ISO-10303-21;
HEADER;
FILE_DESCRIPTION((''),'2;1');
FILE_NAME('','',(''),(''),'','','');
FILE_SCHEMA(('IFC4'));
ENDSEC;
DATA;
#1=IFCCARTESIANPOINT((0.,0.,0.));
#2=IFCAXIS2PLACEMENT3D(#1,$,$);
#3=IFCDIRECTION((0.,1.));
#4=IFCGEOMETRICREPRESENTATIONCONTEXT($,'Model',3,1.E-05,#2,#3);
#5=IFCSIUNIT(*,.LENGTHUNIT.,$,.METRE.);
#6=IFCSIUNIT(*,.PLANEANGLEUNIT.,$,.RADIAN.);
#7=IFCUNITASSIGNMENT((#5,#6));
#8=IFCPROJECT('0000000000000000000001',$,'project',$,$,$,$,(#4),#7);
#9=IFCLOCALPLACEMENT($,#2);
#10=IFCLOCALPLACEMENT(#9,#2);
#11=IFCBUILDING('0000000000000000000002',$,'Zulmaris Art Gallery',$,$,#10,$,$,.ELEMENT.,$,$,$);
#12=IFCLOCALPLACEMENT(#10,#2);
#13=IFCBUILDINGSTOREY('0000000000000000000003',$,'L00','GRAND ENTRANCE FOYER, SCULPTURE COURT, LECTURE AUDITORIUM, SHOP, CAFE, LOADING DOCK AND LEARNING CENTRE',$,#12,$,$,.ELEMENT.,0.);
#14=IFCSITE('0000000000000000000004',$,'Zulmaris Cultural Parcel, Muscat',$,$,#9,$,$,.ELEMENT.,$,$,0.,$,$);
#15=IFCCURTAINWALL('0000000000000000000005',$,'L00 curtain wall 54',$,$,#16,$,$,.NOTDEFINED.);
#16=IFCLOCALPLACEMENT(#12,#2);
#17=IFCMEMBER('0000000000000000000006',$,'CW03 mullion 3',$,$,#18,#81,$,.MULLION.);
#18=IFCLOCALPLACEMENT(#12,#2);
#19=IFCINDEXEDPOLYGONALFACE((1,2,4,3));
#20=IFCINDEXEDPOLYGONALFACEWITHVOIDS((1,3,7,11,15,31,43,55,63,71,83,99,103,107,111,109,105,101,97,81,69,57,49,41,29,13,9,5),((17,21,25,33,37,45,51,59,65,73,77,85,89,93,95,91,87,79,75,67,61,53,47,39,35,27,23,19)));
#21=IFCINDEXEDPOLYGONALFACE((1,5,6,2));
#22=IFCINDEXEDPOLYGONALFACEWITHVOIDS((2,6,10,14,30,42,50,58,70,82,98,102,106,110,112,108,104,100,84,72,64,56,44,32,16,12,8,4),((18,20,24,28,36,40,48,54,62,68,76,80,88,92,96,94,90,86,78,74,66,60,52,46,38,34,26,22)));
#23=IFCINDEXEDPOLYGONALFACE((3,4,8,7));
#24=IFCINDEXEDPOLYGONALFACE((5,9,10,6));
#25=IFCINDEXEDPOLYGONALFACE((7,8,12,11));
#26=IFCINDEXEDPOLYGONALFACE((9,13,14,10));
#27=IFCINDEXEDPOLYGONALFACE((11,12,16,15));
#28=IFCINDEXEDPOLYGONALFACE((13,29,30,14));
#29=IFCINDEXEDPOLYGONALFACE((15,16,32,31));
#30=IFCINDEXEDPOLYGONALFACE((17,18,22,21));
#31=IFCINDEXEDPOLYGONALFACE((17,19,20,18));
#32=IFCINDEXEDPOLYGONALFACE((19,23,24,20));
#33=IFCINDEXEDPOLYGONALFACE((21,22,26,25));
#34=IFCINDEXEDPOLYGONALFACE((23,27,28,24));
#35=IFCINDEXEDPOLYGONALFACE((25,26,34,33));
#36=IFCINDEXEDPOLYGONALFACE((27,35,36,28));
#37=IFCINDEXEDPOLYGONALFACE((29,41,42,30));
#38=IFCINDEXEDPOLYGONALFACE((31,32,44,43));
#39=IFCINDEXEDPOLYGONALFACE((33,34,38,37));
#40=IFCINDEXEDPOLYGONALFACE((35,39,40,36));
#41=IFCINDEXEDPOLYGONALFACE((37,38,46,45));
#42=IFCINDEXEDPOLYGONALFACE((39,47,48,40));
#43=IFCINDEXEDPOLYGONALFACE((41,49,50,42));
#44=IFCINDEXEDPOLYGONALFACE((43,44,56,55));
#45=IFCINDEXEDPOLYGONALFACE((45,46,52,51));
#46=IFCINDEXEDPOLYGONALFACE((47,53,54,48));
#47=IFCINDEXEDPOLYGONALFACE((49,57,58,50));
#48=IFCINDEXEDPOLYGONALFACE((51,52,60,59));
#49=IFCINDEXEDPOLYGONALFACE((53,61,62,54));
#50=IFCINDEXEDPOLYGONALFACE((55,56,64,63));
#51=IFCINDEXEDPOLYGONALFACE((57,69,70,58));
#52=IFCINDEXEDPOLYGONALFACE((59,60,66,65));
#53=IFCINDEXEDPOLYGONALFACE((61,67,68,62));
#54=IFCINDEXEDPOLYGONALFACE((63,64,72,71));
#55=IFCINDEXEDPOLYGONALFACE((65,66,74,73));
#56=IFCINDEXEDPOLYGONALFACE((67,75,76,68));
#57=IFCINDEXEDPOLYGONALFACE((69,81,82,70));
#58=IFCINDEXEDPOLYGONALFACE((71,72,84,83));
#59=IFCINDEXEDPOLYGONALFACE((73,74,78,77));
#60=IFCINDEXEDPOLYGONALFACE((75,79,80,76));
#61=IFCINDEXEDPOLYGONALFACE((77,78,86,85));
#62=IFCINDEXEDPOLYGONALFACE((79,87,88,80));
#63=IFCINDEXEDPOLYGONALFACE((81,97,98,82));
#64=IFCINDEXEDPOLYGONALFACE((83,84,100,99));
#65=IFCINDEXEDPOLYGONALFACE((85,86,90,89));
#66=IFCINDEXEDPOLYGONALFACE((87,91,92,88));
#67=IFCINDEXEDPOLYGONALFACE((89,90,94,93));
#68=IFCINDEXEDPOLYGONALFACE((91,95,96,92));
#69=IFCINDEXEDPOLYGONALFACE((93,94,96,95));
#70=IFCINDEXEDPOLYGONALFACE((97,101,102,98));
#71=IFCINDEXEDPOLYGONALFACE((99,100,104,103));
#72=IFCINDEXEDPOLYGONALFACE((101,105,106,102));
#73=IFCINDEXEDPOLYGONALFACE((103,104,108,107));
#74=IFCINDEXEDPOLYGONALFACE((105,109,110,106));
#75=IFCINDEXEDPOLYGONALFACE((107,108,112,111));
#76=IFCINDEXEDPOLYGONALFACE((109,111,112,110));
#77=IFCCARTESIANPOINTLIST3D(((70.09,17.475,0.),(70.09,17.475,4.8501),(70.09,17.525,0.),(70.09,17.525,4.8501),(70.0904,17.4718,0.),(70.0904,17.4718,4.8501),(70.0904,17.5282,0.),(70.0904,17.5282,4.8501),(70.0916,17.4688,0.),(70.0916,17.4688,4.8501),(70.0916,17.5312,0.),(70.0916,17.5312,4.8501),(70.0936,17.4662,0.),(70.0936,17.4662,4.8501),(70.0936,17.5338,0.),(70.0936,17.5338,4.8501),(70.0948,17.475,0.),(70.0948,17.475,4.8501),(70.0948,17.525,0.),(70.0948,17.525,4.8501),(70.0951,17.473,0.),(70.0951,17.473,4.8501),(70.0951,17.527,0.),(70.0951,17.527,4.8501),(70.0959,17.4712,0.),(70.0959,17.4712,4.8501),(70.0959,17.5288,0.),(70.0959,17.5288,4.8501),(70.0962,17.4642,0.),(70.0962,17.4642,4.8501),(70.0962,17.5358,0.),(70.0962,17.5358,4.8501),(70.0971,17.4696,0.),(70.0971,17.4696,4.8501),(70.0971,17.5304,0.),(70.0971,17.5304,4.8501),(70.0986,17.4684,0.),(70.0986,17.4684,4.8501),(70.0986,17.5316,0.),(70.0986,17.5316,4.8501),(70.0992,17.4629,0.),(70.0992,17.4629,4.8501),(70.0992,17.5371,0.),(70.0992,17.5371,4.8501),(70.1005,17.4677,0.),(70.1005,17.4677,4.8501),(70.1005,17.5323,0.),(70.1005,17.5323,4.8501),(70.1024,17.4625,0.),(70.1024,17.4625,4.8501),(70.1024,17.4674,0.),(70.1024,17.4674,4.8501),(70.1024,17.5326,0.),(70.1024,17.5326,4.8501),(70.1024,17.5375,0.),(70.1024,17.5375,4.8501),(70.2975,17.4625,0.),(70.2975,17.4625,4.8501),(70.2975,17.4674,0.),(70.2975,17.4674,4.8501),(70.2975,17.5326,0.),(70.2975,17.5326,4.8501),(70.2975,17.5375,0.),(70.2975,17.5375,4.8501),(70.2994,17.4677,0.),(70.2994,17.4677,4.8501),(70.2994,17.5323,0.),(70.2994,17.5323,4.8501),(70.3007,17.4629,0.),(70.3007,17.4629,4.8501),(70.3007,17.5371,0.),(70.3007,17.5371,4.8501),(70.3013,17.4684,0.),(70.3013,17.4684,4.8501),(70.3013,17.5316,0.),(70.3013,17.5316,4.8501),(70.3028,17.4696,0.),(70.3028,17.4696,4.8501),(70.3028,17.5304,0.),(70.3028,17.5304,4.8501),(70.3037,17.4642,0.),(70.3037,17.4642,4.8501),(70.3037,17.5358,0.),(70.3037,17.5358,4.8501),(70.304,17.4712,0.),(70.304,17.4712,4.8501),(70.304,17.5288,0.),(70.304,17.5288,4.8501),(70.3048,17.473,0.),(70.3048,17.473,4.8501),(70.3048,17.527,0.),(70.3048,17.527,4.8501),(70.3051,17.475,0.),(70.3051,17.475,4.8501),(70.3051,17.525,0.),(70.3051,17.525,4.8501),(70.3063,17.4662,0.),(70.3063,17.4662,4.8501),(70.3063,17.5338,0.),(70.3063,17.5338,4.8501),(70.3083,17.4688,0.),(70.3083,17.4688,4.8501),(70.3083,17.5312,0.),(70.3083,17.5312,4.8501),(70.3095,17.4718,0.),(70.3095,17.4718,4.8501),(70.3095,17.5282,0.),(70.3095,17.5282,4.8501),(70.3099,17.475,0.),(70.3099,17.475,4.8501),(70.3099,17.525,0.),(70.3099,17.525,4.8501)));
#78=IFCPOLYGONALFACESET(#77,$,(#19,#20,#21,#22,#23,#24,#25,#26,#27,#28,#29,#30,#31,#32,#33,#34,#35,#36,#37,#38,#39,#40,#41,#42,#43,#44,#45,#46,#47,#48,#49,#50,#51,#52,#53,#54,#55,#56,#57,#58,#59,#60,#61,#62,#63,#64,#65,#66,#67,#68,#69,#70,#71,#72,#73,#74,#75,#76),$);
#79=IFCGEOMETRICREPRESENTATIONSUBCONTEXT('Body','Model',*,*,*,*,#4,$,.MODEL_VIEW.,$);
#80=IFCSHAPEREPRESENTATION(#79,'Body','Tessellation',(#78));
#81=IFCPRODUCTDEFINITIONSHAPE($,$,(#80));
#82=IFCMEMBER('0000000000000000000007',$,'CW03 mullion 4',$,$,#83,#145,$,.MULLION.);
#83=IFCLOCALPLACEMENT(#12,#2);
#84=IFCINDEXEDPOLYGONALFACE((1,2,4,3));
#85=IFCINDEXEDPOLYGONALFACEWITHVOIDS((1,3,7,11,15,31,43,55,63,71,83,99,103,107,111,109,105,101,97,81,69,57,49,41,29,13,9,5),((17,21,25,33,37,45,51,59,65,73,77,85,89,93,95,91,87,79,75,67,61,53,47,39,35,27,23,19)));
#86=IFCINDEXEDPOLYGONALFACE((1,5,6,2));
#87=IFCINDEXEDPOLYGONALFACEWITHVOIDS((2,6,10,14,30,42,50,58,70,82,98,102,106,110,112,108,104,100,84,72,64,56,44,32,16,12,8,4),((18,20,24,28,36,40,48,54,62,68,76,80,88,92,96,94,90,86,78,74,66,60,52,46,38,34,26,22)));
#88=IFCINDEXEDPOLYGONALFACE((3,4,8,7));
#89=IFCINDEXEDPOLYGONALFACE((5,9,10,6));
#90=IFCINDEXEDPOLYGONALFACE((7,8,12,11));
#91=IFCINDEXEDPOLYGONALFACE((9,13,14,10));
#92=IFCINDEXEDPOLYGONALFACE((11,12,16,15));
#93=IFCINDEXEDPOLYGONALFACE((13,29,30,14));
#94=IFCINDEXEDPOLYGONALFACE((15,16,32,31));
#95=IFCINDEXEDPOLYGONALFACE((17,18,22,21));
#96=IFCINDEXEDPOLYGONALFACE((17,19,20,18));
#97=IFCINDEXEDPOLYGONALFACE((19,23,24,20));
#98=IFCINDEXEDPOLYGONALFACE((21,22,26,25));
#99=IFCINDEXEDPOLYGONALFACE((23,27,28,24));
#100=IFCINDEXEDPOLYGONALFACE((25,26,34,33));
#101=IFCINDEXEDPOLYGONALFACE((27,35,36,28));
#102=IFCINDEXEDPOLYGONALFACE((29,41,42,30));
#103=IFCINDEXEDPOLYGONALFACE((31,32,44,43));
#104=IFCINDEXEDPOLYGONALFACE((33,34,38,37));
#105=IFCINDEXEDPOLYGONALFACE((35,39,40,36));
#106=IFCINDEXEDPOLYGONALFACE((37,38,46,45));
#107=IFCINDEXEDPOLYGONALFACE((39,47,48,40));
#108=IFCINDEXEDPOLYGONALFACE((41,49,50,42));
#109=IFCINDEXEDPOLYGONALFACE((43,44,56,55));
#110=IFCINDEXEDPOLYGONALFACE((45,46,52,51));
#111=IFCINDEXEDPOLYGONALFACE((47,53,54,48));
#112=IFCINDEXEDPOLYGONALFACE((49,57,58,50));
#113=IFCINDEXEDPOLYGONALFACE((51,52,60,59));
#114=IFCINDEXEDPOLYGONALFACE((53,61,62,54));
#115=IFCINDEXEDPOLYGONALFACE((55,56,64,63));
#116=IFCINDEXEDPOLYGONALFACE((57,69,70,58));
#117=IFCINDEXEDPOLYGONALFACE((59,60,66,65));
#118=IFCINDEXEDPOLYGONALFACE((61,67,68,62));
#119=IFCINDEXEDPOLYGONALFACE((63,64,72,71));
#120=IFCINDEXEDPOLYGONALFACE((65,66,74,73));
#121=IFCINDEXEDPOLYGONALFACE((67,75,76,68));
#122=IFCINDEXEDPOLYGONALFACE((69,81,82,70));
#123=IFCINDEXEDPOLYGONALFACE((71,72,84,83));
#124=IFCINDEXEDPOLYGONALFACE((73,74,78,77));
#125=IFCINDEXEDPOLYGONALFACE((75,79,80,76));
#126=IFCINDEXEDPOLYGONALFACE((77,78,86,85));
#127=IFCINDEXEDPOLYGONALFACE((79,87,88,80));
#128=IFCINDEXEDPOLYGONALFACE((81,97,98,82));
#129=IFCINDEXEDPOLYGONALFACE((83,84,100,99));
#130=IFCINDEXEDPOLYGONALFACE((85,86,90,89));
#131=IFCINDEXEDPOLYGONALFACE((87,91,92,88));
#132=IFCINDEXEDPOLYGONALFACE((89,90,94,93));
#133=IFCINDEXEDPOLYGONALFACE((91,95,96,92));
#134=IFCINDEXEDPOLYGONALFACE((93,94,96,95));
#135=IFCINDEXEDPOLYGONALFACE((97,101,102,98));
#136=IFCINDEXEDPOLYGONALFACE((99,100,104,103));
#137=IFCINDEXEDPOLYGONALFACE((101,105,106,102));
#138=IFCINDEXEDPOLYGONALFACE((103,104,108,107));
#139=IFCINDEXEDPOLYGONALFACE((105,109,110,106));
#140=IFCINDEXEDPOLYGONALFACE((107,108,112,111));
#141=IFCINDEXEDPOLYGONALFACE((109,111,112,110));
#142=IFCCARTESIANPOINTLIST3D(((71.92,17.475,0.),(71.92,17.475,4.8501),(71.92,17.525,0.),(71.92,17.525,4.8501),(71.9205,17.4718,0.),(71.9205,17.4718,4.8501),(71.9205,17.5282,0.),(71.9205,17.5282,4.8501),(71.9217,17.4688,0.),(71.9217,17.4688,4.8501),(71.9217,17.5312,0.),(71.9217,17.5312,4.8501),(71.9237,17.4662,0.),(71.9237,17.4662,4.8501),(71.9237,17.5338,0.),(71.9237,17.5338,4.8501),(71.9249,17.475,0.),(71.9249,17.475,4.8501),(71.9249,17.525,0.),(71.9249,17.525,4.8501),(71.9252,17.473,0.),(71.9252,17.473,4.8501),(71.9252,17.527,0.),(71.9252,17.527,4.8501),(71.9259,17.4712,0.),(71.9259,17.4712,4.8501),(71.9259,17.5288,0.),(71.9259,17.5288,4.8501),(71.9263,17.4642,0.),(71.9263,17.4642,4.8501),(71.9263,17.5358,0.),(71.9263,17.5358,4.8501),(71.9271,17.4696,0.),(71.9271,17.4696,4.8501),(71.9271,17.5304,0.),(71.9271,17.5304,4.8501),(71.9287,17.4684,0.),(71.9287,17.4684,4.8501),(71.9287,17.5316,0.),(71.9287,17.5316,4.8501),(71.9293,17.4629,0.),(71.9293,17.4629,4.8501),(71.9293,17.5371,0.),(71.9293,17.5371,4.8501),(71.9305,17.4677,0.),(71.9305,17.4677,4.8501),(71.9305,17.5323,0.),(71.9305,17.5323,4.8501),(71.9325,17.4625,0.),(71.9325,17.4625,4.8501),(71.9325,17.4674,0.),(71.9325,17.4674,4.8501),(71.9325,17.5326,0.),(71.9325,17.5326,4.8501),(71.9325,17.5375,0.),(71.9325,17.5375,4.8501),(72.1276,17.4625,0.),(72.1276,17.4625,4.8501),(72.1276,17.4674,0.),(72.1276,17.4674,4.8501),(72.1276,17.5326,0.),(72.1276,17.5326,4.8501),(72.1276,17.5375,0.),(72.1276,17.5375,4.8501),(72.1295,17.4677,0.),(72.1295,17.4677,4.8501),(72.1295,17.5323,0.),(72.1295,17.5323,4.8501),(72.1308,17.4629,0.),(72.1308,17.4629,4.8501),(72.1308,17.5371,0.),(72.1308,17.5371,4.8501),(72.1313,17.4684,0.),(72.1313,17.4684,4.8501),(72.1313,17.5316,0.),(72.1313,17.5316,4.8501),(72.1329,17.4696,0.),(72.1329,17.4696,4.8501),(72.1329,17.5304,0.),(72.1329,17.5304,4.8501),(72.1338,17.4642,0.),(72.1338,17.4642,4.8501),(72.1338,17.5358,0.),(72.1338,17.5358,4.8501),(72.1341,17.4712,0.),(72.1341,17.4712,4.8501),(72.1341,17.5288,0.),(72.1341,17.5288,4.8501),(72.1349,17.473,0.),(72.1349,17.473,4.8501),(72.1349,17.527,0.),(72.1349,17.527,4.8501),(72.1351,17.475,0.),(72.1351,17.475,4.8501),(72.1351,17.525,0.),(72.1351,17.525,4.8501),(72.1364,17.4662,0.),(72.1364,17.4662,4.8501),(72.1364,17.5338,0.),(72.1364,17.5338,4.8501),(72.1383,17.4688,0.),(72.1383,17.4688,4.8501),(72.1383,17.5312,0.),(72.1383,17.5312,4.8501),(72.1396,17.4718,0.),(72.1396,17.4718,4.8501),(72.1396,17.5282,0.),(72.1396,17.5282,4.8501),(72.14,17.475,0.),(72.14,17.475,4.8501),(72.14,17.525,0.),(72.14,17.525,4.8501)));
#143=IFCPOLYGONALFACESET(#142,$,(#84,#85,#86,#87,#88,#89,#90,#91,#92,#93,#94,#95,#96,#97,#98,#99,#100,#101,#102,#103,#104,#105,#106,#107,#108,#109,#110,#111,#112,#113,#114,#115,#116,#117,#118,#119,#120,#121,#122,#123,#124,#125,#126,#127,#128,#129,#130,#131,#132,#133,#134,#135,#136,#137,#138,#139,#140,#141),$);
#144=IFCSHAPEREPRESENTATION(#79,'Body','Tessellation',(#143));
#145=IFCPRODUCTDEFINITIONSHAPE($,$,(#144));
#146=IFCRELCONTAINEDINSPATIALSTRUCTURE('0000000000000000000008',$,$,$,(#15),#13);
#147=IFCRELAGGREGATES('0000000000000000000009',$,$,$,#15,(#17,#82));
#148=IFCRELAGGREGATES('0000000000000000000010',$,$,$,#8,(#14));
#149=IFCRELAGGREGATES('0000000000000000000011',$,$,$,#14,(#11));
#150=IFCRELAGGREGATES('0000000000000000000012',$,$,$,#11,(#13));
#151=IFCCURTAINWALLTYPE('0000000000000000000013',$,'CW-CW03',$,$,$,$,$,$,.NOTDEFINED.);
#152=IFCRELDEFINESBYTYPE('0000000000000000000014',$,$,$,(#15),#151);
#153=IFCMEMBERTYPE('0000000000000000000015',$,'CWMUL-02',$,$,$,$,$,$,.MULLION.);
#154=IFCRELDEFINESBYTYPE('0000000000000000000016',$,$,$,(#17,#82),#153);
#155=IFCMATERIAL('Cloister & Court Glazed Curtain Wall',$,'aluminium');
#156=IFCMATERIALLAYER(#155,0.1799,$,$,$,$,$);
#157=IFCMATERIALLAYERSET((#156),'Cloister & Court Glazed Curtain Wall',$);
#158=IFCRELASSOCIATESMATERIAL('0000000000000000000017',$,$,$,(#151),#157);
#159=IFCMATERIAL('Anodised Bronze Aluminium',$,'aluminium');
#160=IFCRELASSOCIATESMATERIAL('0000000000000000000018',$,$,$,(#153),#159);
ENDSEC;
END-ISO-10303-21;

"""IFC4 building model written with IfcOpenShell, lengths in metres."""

from ifc_helpers import new_model, si_unit, direction, frame, origin, origin_2d, place, context, subcontext, project, spatial, hollow_rectangle, extrude, material, layer, layer_set, material_profile, profile_set, type_object, element, aggregate, save


model = new_model("IFC4")

# Units and contexts
model_context = context("Model", 3, precision=1e-05, world=origin(), true_north=direction((0.0, 1.0)))
body_context = subcontext(model_context, "Body", "Model", "MODEL_VIEW")
ifc_project = project(units=[si_unit("LENGTHUNIT", "METRE"), si_unit("PLANEANGLEUNIT", "RADIAN")], contexts=[model_context])

# Site, building, storey
site_placement = place(None, origin())
site = spatial("IfcSite", under=ifc_project, at=site_placement, Name="Zulmaris Cultural Parcel, Muscat", CompositionType="ELEMENT", RefElevation=0.0)
building_placement = place(site_placement, origin())
building = spatial("IfcBuilding", under=site, at=building_placement, Name="Zulmaris Art Gallery", CompositionType="ELEMENT")
storey_placement = place(building_placement, origin())
storey = spatial("IfcBuildingStorey", under=building, at=storey_placement, Name="L00", Description="GRAND ENTRANCE FOYER, SCULPTURE COURT, LECTURE AUDITORIUM, SHOP, CAFE, LOADING DOCK AND LEARNING CENTRE", CompositionType="ELEMENT", Elevation=0.0)

# Curtain wall, members
ifc_material_1 = material(Name="Cloister & Court Glazed Curtain Wall", Category="aluminium")
ifc_layer_1 = layer(ifc_material_1, 0.1799)
ifc_layer_set_1 = layer_set([ifc_layer_1], Name="Cloister & Court Glazed Curtain Wall")
curtain_wall_type = type_object("IfcCurtainWallType", Name="CW-CW03", PredefinedType="NOTDEFINED", material=ifc_layer_set_1)
curtain_wall_placement = place(storey_placement, origin())
curtain_wall = element("IfcCurtainWall", 1, at=curtain_wall_placement, inside=storey, type_object=curtain_wall_type, Name="L00 curtain wall 54", PredefinedType="NOTDEFINED")
ifc_material_2 = material(Name="Anodised Bronze Aluminium", Category="aluminium")
ifc_material_profile_1 = material_profile(ifc_material_2, hollow_rectangle(XDim=0.075, YDim=0.22, WallThickness=0.0049, InnerFilletRadius=0.0076, OuterFilletRadius=0.0125, at=origin_2d()), Name="ALU 75x220x5")
ifc_profile_set_1 = profile_set([ifc_material_profile_1], Name="Anodised Bronze Aluminium")
member_type_1 = type_object("IfcMemberType", Name="CWMUL-02", PredefinedType="MULLION", material=ifc_profile_set_1)
member_1_placement = place(storey_placement, frame((70.2, 17.5, 0.0), z_axis=(0.0, 0.0, 1.0), x_axis=(0.0, 1.0, 0.0)))
member_1 = element("IfcMember", 2, at=member_1_placement, type_object=member_type_1, Name="CW03 mullion 3", PredefinedType="MULLION", context=body_context, shape_type="SweptSolid", body=[
    extrude(hollow_rectangle(XDim=0.075, YDim=0.22, WallThickness=0.0049, InnerFilletRadius=0.0076, OuterFilletRadius=0.0125, at=origin_2d()), origin(), (0.0, 0.0, 1.0), 4.8501),
])
member_2_placement = place(storey_placement, frame((72.03, 17.5, 0.0), z_axis=(0.0, 0.0, 1.0), x_axis=(0.0, 1.0, 0.0)))
member_2 = element("IfcMember", 3, at=member_2_placement, type_object=member_type_1, Name="CW03 mullion 4", PredefinedType="MULLION", context=body_context, shape_type="SweptSolid", body=[
    extrude(hollow_rectangle(XDim=0.075, YDim=0.22, WallThickness=0.0049, InnerFilletRadius=0.0076, OuterFilletRadius=0.0125, at=origin_2d()), origin(), (0.0, 0.0, 1.0), 4.8501),
])
aggregate(curtain_wall, [member_1, member_2])

save(model, "model.ifc")
